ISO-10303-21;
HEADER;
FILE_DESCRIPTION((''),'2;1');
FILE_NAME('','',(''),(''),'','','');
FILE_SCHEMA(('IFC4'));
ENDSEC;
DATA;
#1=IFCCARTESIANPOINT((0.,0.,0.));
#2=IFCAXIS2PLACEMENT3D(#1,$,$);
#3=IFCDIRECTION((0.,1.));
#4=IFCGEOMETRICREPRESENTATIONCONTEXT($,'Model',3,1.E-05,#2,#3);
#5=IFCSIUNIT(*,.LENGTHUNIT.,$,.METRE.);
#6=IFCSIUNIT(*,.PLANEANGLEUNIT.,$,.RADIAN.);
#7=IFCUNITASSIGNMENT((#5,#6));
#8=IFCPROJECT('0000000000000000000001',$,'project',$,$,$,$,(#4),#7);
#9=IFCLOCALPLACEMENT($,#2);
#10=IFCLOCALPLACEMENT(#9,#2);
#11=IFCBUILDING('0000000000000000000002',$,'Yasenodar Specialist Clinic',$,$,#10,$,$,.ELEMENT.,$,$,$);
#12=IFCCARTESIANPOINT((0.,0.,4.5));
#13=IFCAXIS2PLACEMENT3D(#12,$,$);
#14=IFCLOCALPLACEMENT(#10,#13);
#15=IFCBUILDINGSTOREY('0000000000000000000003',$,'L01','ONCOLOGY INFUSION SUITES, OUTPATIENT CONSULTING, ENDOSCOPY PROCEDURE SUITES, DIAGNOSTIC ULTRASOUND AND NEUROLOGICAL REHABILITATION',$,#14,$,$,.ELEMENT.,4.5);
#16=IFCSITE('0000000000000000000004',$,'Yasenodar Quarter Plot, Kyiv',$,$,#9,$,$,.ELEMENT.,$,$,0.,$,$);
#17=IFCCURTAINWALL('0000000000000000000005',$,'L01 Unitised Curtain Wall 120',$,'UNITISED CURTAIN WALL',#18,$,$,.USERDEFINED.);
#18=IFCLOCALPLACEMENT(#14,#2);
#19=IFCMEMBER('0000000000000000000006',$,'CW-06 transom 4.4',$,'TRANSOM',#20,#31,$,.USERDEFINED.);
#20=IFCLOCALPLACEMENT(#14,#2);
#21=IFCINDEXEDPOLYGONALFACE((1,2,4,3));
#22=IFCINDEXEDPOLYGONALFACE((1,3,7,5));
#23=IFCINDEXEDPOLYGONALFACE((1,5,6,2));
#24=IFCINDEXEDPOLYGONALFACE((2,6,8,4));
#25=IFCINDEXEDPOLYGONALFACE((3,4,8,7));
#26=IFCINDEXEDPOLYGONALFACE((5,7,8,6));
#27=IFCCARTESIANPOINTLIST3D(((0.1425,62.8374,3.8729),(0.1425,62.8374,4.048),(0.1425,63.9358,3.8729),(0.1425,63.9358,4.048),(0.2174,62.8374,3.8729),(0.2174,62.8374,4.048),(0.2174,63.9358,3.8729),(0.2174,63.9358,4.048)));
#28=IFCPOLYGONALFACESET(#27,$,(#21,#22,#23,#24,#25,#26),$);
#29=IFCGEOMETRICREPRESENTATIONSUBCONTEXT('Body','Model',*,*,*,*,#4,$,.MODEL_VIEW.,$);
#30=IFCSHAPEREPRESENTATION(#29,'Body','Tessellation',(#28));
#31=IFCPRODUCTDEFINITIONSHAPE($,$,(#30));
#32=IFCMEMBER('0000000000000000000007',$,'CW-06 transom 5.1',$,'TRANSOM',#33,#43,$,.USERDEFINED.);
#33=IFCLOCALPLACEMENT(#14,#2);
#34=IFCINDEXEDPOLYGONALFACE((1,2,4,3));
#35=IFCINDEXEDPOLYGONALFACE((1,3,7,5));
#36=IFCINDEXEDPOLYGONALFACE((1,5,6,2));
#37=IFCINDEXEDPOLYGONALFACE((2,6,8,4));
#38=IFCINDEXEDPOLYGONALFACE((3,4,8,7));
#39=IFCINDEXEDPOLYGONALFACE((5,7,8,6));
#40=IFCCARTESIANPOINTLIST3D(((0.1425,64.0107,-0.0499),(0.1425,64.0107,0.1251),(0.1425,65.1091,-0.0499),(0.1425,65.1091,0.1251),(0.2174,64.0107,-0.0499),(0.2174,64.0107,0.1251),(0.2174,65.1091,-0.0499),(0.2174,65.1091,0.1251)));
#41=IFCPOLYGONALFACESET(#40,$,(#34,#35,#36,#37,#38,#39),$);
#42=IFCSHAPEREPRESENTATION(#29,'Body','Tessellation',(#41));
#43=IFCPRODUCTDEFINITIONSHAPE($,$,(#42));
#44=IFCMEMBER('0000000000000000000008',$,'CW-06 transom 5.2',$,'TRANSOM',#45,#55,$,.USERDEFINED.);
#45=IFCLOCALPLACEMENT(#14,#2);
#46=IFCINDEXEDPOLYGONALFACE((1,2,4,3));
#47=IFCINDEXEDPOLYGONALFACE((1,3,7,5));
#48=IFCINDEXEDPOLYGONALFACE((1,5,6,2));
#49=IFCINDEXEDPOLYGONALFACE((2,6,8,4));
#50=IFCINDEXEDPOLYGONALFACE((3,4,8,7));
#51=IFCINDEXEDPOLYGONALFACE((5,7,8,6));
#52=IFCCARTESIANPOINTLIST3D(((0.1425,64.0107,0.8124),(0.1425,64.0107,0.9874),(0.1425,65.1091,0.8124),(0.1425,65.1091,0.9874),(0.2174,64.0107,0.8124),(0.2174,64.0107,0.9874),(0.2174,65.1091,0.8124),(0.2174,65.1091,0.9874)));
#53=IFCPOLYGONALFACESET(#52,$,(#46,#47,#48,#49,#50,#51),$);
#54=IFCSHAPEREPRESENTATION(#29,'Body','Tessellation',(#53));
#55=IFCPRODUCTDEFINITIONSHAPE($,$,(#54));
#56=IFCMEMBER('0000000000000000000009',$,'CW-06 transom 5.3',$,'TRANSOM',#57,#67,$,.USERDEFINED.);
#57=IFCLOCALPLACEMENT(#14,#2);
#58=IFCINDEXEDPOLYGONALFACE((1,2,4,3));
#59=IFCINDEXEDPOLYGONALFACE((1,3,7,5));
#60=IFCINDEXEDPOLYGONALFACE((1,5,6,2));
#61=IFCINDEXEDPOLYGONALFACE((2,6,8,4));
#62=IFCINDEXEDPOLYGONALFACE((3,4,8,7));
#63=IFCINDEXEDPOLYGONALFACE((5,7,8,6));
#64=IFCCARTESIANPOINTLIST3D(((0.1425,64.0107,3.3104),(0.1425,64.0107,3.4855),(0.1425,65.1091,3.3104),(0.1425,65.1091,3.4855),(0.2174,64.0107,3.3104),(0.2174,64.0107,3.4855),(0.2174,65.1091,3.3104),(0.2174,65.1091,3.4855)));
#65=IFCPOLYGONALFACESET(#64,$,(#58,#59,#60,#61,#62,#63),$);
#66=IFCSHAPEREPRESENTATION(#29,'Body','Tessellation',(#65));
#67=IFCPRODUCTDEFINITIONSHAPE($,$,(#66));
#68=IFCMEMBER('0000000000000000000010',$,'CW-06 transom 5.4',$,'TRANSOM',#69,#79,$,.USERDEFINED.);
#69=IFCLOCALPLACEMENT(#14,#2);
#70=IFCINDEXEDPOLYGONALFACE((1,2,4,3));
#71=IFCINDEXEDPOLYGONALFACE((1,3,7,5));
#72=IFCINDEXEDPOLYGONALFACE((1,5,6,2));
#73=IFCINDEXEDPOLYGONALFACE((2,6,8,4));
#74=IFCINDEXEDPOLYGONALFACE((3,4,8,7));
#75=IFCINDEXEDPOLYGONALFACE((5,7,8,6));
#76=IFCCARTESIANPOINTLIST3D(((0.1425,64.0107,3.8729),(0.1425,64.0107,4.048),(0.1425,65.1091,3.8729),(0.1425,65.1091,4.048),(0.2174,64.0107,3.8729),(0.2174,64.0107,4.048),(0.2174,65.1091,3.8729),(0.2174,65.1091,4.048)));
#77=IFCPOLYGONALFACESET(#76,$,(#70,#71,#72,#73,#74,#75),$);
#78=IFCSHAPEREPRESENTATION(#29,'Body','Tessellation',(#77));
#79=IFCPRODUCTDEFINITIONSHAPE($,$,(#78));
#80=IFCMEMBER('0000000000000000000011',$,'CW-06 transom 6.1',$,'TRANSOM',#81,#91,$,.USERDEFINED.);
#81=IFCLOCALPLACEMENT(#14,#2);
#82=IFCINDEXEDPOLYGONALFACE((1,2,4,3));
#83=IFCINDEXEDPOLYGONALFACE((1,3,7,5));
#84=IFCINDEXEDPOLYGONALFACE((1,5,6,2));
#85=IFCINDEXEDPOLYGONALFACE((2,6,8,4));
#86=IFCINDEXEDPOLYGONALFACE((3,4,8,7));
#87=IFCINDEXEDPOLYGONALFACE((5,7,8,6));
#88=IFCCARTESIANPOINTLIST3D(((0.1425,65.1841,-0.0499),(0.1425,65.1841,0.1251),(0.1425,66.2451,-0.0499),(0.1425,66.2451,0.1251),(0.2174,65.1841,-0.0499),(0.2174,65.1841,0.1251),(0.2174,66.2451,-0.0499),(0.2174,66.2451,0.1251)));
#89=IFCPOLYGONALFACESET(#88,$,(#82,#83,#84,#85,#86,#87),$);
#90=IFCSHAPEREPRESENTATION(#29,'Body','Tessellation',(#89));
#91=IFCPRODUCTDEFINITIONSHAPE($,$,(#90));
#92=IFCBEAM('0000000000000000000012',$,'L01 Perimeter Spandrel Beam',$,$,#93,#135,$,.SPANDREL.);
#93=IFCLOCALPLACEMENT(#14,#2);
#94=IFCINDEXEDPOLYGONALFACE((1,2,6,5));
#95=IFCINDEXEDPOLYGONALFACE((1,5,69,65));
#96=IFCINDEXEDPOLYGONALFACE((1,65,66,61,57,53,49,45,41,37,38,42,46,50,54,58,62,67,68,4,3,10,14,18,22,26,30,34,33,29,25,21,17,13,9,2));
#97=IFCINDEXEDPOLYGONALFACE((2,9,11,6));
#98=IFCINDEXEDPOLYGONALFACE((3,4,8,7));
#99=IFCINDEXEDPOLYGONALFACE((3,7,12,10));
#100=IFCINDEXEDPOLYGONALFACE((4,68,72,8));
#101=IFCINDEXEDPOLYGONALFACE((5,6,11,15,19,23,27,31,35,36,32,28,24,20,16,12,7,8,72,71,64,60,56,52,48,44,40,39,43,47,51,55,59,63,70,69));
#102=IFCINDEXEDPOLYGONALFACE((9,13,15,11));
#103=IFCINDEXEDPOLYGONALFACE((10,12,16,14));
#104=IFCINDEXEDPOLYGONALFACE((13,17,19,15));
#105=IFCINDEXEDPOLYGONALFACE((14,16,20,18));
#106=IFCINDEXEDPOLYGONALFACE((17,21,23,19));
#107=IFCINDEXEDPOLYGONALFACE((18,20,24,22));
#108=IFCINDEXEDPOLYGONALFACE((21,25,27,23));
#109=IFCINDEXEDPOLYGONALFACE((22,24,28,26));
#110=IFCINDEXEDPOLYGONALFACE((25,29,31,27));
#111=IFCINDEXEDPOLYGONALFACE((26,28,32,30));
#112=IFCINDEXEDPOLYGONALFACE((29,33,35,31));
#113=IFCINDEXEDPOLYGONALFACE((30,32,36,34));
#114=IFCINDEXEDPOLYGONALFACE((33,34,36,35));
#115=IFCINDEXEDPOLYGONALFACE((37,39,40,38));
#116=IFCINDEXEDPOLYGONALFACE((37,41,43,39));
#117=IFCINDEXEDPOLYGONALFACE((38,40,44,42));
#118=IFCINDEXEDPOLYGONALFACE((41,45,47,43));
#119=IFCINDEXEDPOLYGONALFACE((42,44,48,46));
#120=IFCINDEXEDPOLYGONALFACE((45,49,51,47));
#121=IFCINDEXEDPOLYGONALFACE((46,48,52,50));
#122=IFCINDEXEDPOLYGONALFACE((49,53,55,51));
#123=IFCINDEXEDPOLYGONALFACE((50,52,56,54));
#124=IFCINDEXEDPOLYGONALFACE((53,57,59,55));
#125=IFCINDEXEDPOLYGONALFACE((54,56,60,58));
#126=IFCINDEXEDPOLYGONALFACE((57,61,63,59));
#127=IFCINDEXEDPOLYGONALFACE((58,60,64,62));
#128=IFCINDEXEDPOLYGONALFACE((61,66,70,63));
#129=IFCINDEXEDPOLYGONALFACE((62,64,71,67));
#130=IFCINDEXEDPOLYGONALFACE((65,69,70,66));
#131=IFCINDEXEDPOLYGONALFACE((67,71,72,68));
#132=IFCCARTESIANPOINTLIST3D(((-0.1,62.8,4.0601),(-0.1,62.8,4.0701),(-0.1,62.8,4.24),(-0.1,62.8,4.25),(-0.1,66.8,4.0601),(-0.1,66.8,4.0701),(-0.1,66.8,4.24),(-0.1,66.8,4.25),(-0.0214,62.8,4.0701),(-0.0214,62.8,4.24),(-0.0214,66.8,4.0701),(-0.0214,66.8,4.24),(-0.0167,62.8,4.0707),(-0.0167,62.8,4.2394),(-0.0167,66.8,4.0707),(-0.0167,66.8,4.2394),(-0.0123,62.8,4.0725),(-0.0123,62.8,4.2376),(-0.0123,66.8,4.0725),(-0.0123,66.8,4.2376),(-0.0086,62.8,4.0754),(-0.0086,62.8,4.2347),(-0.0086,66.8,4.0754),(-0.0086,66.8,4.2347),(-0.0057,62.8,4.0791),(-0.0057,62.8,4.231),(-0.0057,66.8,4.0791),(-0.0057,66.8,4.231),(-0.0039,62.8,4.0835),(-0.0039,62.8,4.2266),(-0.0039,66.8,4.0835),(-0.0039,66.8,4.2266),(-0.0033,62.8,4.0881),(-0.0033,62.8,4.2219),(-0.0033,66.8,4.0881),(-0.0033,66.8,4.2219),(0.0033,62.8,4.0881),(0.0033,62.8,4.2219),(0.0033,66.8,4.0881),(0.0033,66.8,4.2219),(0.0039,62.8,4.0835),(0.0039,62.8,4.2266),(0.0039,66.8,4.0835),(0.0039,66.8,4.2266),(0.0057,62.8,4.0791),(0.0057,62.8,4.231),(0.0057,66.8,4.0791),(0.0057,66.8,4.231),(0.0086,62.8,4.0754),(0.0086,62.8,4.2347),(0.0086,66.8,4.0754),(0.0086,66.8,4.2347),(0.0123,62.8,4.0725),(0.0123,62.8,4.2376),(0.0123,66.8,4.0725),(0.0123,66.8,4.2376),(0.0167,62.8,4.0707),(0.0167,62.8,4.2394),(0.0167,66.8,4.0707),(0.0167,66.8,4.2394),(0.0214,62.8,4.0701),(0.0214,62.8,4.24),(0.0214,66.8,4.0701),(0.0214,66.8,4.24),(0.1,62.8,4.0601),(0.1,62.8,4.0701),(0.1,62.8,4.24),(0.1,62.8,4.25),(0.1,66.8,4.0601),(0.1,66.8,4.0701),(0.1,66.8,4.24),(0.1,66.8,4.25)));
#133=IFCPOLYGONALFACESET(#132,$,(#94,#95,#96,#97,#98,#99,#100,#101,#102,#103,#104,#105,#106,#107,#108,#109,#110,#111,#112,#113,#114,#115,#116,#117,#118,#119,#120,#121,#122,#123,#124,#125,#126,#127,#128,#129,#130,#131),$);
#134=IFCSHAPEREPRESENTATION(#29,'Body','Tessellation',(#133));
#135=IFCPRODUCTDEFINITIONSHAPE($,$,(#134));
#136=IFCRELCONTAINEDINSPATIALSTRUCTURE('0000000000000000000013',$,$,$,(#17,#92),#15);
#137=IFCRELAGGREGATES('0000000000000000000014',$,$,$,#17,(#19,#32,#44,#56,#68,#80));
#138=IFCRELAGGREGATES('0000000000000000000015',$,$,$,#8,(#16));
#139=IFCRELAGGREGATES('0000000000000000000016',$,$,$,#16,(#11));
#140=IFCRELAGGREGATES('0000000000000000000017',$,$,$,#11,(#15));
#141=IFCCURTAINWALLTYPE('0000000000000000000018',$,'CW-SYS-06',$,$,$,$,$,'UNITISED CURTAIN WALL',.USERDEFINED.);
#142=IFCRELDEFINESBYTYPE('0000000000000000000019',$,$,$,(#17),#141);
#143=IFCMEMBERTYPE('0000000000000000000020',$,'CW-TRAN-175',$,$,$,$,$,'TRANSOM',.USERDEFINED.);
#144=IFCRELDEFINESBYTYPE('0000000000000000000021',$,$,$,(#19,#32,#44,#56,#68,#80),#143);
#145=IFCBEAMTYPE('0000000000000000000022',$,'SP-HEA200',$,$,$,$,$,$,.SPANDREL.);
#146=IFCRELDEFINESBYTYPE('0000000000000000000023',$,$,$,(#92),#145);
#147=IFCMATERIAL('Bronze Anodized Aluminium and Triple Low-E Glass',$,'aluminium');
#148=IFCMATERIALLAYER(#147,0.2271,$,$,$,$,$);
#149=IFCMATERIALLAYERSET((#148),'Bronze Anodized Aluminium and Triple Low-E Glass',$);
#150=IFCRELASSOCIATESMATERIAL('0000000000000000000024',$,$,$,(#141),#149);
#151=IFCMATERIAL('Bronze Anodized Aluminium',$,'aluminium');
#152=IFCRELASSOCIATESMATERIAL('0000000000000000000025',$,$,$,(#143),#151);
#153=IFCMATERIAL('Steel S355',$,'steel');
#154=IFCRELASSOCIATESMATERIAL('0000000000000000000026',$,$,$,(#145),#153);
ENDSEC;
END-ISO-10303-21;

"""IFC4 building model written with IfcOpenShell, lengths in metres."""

from ifc_helpers import new_model, si_unit, direction, frame, origin, origin_2d, place, context, subcontext, project, spatial, rectangle, i_section, extrude, material, layer, layer_set, material_profile, profile_set, type_object, element, aggregate, save


model = new_model("IFC4")

# Units and contexts
model_context = context("Model", 3, precision=1e-05, world=origin(), true_north=direction((0.0, 1.0)))
body_context = subcontext(model_context, "Body", "Model", "MODEL_VIEW")
ifc_project = project(units=[si_unit("LENGTHUNIT", "METRE"), si_unit("PLANEANGLEUNIT", "RADIAN")], contexts=[model_context])

# Site, building, storey
site_placement = place(None, origin())
site = spatial("IfcSite", under=ifc_project, at=site_placement, Name="Yasenodar Quarter Plot, Kyiv", CompositionType="ELEMENT", RefElevation=0.0)
building_placement = place(site_placement, origin())
building = spatial("IfcBuilding", under=site, at=building_placement, Name="Yasenodar Specialist Clinic", CompositionType="ELEMENT")
storey_placement = place(building_placement, frame((0.0, 0.0, 4.5)))
storey = spatial("IfcBuildingStorey", under=building, at=storey_placement, Name="L01", Description="ONCOLOGY INFUSION SUITES, OUTPATIENT CONSULTING, ENDOSCOPY PROCEDURE SUITES, DIAGNOSTIC ULTRASOUND AND NEUROLOGICAL REHABILITATION", CompositionType="ELEMENT", Elevation=4.5)

# Shared definitions
ifc_material_1 = material(Name="Steel S355", Category="steel")

# Curtain wall, members
ifc_material_2 = material(Name="Bronze Anodized Aluminium and Triple Low-E Glass", Category="aluminium")
ifc_layer_1 = layer(ifc_material_2, 0.2271)
ifc_layer_set_1 = layer_set([ifc_layer_1], Name="Bronze Anodized Aluminium and Triple Low-E Glass")
curtain_wall_type = type_object("IfcCurtainWallType", Name="CW-SYS-06", ElementType="UNITISED CURTAIN WALL", PredefinedType="USERDEFINED", material=ifc_layer_set_1)
curtain_wall_placement = place(storey_placement, origin())
curtain_wall = element("IfcCurtainWall", 1, at=curtain_wall_placement, inside=storey, type_object=curtain_wall_type, Name="L01 Unitised Curtain Wall 120", ObjectType="UNITISED CURTAIN WALL", PredefinedType="USERDEFINED")
ifc_material_3 = material(Name="Bronze Anodized Aluminium", Category="aluminium")
ifc_material_profile_1 = material_profile(ifc_material_3, rectangle(XDim=0.075, YDim=0.175, at=origin_2d()), Name="CW-TRAN 75x175")
ifc_profile_set_1 = profile_set([ifc_material_profile_1], Name="Bronze Anodized Aluminium")
member_type_1 = type_object("IfcMemberType", Name="CW-TRAN-175", ElementType="TRANSOM", PredefinedType="USERDEFINED", material=ifc_profile_set_1)
member_1_placement = place(storey_placement, frame((0.1799, 62.8374, 3.9604), z_axis=(0.0, 1.0, 0.0), x_axis=(-1.0, 0.0, 0.0)))
member_1 = element("IfcMember", 2, at=member_1_placement, type_object=member_type_1, Name="CW-06 transom 4.4", ObjectType="TRANSOM", PredefinedType="USERDEFINED", context=body_context, shape_type="SweptSolid", body=[
    extrude(rectangle(XDim=0.075, YDim=0.175, at=origin_2d()), origin(), (0.0, 0.0, 1.0), 1.0984),
])
member_2_placement = place(storey_placement, frame((0.1799, 64.0107, 0.0376), z_axis=(0.0, 1.0, 0.0), x_axis=(-1.0, 0.0, 0.0)))
member_2 = element("IfcMember", 3, at=member_2_placement, type_object=member_type_1, Name="CW-06 transom 5.1", ObjectType="TRANSOM", PredefinedType="USERDEFINED", context=body_context, shape_type="SweptSolid", body=[
    extrude(rectangle(XDim=0.075, YDim=0.175, at=origin_2d()), origin(), (0.0, 0.0, 1.0), 1.0984),
])
member_3_placement = place(storey_placement, frame((0.1799, 64.0107, 0.8999), z_axis=(0.0, 1.0, 0.0), x_axis=(-1.0, 0.0, 0.0)))
member_3 = element("IfcMember", 4, at=member_3_placement, type_object=member_type_1, Name="CW-06 transom 5.2", ObjectType="TRANSOM", PredefinedType="USERDEFINED", context=body_context, shape_type="SweptSolid", body=[
    extrude(rectangle(XDim=0.075, YDim=0.175, at=origin_2d()), origin(), (0.0, 0.0, 1.0), 1.0984),
])
member_4_placement = place(storey_placement, frame((0.1799, 64.0107, 3.3979), z_axis=(0.0, 1.0, 0.0), x_axis=(-1.0, 0.0, 0.0)))
member_4 = element("IfcMember", 5, at=member_4_placement, type_object=member_type_1, Name="CW-06 transom 5.3", ObjectType="TRANSOM", PredefinedType="USERDEFINED", context=body_context, shape_type="SweptSolid", body=[
    extrude(rectangle(XDim=0.075, YDim=0.175, at=origin_2d()), origin(), (0.0, 0.0, 1.0), 1.0984),
])
member_5_placement = place(storey_placement, frame((0.1799, 64.0107, 3.9604), z_axis=(0.0, 1.0, 0.0), x_axis=(-1.0, 0.0, 0.0)))
member_5 = element("IfcMember", 6, at=member_5_placement, type_object=member_type_1, Name="CW-06 transom 5.4", ObjectType="TRANSOM", PredefinedType="USERDEFINED", context=body_context, shape_type="SweptSolid", body=[
    extrude(rectangle(XDim=0.075, YDim=0.175, at=origin_2d()), origin(), (0.0, 0.0, 1.0), 1.0984),
])
member_6_placement = place(storey_placement, frame((0.1799, 65.1841, 0.0376), z_axis=(0.0, 1.0, 0.0), x_axis=(-1.0, 0.0, 0.0)))
member_6 = element("IfcMember", 7, at=member_6_placement, type_object=member_type_1, Name="CW-06 transom 6.1", ObjectType="TRANSOM", PredefinedType="USERDEFINED", context=body_context, shape_type="SweptSolid", body=[
    extrude(rectangle(XDim=0.075, YDim=0.175, at=origin_2d()), origin(), (0.0, 0.0, 1.0), 1.061),
])

# Beam
ifc_material_profile_2 = material_profile(ifc_material_1, i_section(OverallWidth=0.2, OverallDepth=0.1899, WebThickness=0.0066, FlangeThickness=0.01, FilletRadius=0.0181, at=origin_2d()), Name="HEA 200")
ifc_profile_set_2 = profile_set([ifc_material_profile_2], Name="Steel S355")
beam_type_1 = type_object("IfcBeamType", Name="SP-HEA200", PredefinedType="SPANDREL", material=ifc_profile_set_2)
beam_1_placement = place(storey_placement, frame((0.0, 62.8, 4.155), z_axis=(0.0, 1.0, 0.0), x_axis=(-1.0, 0.0, 0.0)))
element("IfcBeam", 8, at=beam_1_placement, inside=storey, type_object=beam_type_1, Name="L01 Perimeter Spandrel Beam", PredefinedType="SPANDREL", context=body_context, shape_type="SweptSolid", body=[
    extrude(i_section(OverallWidth=0.2, OverallDepth=0.1899, WebThickness=0.0066, FlangeThickness=0.01, FilletRadius=0.0181, at=origin_2d()), origin(), (0.0, 0.0, 1.0), 4.0),
])

aggregate(curtain_wall, [member_1, member_2, member_3, member_4, member_5, member_6])

save(model, "model.ifc")
